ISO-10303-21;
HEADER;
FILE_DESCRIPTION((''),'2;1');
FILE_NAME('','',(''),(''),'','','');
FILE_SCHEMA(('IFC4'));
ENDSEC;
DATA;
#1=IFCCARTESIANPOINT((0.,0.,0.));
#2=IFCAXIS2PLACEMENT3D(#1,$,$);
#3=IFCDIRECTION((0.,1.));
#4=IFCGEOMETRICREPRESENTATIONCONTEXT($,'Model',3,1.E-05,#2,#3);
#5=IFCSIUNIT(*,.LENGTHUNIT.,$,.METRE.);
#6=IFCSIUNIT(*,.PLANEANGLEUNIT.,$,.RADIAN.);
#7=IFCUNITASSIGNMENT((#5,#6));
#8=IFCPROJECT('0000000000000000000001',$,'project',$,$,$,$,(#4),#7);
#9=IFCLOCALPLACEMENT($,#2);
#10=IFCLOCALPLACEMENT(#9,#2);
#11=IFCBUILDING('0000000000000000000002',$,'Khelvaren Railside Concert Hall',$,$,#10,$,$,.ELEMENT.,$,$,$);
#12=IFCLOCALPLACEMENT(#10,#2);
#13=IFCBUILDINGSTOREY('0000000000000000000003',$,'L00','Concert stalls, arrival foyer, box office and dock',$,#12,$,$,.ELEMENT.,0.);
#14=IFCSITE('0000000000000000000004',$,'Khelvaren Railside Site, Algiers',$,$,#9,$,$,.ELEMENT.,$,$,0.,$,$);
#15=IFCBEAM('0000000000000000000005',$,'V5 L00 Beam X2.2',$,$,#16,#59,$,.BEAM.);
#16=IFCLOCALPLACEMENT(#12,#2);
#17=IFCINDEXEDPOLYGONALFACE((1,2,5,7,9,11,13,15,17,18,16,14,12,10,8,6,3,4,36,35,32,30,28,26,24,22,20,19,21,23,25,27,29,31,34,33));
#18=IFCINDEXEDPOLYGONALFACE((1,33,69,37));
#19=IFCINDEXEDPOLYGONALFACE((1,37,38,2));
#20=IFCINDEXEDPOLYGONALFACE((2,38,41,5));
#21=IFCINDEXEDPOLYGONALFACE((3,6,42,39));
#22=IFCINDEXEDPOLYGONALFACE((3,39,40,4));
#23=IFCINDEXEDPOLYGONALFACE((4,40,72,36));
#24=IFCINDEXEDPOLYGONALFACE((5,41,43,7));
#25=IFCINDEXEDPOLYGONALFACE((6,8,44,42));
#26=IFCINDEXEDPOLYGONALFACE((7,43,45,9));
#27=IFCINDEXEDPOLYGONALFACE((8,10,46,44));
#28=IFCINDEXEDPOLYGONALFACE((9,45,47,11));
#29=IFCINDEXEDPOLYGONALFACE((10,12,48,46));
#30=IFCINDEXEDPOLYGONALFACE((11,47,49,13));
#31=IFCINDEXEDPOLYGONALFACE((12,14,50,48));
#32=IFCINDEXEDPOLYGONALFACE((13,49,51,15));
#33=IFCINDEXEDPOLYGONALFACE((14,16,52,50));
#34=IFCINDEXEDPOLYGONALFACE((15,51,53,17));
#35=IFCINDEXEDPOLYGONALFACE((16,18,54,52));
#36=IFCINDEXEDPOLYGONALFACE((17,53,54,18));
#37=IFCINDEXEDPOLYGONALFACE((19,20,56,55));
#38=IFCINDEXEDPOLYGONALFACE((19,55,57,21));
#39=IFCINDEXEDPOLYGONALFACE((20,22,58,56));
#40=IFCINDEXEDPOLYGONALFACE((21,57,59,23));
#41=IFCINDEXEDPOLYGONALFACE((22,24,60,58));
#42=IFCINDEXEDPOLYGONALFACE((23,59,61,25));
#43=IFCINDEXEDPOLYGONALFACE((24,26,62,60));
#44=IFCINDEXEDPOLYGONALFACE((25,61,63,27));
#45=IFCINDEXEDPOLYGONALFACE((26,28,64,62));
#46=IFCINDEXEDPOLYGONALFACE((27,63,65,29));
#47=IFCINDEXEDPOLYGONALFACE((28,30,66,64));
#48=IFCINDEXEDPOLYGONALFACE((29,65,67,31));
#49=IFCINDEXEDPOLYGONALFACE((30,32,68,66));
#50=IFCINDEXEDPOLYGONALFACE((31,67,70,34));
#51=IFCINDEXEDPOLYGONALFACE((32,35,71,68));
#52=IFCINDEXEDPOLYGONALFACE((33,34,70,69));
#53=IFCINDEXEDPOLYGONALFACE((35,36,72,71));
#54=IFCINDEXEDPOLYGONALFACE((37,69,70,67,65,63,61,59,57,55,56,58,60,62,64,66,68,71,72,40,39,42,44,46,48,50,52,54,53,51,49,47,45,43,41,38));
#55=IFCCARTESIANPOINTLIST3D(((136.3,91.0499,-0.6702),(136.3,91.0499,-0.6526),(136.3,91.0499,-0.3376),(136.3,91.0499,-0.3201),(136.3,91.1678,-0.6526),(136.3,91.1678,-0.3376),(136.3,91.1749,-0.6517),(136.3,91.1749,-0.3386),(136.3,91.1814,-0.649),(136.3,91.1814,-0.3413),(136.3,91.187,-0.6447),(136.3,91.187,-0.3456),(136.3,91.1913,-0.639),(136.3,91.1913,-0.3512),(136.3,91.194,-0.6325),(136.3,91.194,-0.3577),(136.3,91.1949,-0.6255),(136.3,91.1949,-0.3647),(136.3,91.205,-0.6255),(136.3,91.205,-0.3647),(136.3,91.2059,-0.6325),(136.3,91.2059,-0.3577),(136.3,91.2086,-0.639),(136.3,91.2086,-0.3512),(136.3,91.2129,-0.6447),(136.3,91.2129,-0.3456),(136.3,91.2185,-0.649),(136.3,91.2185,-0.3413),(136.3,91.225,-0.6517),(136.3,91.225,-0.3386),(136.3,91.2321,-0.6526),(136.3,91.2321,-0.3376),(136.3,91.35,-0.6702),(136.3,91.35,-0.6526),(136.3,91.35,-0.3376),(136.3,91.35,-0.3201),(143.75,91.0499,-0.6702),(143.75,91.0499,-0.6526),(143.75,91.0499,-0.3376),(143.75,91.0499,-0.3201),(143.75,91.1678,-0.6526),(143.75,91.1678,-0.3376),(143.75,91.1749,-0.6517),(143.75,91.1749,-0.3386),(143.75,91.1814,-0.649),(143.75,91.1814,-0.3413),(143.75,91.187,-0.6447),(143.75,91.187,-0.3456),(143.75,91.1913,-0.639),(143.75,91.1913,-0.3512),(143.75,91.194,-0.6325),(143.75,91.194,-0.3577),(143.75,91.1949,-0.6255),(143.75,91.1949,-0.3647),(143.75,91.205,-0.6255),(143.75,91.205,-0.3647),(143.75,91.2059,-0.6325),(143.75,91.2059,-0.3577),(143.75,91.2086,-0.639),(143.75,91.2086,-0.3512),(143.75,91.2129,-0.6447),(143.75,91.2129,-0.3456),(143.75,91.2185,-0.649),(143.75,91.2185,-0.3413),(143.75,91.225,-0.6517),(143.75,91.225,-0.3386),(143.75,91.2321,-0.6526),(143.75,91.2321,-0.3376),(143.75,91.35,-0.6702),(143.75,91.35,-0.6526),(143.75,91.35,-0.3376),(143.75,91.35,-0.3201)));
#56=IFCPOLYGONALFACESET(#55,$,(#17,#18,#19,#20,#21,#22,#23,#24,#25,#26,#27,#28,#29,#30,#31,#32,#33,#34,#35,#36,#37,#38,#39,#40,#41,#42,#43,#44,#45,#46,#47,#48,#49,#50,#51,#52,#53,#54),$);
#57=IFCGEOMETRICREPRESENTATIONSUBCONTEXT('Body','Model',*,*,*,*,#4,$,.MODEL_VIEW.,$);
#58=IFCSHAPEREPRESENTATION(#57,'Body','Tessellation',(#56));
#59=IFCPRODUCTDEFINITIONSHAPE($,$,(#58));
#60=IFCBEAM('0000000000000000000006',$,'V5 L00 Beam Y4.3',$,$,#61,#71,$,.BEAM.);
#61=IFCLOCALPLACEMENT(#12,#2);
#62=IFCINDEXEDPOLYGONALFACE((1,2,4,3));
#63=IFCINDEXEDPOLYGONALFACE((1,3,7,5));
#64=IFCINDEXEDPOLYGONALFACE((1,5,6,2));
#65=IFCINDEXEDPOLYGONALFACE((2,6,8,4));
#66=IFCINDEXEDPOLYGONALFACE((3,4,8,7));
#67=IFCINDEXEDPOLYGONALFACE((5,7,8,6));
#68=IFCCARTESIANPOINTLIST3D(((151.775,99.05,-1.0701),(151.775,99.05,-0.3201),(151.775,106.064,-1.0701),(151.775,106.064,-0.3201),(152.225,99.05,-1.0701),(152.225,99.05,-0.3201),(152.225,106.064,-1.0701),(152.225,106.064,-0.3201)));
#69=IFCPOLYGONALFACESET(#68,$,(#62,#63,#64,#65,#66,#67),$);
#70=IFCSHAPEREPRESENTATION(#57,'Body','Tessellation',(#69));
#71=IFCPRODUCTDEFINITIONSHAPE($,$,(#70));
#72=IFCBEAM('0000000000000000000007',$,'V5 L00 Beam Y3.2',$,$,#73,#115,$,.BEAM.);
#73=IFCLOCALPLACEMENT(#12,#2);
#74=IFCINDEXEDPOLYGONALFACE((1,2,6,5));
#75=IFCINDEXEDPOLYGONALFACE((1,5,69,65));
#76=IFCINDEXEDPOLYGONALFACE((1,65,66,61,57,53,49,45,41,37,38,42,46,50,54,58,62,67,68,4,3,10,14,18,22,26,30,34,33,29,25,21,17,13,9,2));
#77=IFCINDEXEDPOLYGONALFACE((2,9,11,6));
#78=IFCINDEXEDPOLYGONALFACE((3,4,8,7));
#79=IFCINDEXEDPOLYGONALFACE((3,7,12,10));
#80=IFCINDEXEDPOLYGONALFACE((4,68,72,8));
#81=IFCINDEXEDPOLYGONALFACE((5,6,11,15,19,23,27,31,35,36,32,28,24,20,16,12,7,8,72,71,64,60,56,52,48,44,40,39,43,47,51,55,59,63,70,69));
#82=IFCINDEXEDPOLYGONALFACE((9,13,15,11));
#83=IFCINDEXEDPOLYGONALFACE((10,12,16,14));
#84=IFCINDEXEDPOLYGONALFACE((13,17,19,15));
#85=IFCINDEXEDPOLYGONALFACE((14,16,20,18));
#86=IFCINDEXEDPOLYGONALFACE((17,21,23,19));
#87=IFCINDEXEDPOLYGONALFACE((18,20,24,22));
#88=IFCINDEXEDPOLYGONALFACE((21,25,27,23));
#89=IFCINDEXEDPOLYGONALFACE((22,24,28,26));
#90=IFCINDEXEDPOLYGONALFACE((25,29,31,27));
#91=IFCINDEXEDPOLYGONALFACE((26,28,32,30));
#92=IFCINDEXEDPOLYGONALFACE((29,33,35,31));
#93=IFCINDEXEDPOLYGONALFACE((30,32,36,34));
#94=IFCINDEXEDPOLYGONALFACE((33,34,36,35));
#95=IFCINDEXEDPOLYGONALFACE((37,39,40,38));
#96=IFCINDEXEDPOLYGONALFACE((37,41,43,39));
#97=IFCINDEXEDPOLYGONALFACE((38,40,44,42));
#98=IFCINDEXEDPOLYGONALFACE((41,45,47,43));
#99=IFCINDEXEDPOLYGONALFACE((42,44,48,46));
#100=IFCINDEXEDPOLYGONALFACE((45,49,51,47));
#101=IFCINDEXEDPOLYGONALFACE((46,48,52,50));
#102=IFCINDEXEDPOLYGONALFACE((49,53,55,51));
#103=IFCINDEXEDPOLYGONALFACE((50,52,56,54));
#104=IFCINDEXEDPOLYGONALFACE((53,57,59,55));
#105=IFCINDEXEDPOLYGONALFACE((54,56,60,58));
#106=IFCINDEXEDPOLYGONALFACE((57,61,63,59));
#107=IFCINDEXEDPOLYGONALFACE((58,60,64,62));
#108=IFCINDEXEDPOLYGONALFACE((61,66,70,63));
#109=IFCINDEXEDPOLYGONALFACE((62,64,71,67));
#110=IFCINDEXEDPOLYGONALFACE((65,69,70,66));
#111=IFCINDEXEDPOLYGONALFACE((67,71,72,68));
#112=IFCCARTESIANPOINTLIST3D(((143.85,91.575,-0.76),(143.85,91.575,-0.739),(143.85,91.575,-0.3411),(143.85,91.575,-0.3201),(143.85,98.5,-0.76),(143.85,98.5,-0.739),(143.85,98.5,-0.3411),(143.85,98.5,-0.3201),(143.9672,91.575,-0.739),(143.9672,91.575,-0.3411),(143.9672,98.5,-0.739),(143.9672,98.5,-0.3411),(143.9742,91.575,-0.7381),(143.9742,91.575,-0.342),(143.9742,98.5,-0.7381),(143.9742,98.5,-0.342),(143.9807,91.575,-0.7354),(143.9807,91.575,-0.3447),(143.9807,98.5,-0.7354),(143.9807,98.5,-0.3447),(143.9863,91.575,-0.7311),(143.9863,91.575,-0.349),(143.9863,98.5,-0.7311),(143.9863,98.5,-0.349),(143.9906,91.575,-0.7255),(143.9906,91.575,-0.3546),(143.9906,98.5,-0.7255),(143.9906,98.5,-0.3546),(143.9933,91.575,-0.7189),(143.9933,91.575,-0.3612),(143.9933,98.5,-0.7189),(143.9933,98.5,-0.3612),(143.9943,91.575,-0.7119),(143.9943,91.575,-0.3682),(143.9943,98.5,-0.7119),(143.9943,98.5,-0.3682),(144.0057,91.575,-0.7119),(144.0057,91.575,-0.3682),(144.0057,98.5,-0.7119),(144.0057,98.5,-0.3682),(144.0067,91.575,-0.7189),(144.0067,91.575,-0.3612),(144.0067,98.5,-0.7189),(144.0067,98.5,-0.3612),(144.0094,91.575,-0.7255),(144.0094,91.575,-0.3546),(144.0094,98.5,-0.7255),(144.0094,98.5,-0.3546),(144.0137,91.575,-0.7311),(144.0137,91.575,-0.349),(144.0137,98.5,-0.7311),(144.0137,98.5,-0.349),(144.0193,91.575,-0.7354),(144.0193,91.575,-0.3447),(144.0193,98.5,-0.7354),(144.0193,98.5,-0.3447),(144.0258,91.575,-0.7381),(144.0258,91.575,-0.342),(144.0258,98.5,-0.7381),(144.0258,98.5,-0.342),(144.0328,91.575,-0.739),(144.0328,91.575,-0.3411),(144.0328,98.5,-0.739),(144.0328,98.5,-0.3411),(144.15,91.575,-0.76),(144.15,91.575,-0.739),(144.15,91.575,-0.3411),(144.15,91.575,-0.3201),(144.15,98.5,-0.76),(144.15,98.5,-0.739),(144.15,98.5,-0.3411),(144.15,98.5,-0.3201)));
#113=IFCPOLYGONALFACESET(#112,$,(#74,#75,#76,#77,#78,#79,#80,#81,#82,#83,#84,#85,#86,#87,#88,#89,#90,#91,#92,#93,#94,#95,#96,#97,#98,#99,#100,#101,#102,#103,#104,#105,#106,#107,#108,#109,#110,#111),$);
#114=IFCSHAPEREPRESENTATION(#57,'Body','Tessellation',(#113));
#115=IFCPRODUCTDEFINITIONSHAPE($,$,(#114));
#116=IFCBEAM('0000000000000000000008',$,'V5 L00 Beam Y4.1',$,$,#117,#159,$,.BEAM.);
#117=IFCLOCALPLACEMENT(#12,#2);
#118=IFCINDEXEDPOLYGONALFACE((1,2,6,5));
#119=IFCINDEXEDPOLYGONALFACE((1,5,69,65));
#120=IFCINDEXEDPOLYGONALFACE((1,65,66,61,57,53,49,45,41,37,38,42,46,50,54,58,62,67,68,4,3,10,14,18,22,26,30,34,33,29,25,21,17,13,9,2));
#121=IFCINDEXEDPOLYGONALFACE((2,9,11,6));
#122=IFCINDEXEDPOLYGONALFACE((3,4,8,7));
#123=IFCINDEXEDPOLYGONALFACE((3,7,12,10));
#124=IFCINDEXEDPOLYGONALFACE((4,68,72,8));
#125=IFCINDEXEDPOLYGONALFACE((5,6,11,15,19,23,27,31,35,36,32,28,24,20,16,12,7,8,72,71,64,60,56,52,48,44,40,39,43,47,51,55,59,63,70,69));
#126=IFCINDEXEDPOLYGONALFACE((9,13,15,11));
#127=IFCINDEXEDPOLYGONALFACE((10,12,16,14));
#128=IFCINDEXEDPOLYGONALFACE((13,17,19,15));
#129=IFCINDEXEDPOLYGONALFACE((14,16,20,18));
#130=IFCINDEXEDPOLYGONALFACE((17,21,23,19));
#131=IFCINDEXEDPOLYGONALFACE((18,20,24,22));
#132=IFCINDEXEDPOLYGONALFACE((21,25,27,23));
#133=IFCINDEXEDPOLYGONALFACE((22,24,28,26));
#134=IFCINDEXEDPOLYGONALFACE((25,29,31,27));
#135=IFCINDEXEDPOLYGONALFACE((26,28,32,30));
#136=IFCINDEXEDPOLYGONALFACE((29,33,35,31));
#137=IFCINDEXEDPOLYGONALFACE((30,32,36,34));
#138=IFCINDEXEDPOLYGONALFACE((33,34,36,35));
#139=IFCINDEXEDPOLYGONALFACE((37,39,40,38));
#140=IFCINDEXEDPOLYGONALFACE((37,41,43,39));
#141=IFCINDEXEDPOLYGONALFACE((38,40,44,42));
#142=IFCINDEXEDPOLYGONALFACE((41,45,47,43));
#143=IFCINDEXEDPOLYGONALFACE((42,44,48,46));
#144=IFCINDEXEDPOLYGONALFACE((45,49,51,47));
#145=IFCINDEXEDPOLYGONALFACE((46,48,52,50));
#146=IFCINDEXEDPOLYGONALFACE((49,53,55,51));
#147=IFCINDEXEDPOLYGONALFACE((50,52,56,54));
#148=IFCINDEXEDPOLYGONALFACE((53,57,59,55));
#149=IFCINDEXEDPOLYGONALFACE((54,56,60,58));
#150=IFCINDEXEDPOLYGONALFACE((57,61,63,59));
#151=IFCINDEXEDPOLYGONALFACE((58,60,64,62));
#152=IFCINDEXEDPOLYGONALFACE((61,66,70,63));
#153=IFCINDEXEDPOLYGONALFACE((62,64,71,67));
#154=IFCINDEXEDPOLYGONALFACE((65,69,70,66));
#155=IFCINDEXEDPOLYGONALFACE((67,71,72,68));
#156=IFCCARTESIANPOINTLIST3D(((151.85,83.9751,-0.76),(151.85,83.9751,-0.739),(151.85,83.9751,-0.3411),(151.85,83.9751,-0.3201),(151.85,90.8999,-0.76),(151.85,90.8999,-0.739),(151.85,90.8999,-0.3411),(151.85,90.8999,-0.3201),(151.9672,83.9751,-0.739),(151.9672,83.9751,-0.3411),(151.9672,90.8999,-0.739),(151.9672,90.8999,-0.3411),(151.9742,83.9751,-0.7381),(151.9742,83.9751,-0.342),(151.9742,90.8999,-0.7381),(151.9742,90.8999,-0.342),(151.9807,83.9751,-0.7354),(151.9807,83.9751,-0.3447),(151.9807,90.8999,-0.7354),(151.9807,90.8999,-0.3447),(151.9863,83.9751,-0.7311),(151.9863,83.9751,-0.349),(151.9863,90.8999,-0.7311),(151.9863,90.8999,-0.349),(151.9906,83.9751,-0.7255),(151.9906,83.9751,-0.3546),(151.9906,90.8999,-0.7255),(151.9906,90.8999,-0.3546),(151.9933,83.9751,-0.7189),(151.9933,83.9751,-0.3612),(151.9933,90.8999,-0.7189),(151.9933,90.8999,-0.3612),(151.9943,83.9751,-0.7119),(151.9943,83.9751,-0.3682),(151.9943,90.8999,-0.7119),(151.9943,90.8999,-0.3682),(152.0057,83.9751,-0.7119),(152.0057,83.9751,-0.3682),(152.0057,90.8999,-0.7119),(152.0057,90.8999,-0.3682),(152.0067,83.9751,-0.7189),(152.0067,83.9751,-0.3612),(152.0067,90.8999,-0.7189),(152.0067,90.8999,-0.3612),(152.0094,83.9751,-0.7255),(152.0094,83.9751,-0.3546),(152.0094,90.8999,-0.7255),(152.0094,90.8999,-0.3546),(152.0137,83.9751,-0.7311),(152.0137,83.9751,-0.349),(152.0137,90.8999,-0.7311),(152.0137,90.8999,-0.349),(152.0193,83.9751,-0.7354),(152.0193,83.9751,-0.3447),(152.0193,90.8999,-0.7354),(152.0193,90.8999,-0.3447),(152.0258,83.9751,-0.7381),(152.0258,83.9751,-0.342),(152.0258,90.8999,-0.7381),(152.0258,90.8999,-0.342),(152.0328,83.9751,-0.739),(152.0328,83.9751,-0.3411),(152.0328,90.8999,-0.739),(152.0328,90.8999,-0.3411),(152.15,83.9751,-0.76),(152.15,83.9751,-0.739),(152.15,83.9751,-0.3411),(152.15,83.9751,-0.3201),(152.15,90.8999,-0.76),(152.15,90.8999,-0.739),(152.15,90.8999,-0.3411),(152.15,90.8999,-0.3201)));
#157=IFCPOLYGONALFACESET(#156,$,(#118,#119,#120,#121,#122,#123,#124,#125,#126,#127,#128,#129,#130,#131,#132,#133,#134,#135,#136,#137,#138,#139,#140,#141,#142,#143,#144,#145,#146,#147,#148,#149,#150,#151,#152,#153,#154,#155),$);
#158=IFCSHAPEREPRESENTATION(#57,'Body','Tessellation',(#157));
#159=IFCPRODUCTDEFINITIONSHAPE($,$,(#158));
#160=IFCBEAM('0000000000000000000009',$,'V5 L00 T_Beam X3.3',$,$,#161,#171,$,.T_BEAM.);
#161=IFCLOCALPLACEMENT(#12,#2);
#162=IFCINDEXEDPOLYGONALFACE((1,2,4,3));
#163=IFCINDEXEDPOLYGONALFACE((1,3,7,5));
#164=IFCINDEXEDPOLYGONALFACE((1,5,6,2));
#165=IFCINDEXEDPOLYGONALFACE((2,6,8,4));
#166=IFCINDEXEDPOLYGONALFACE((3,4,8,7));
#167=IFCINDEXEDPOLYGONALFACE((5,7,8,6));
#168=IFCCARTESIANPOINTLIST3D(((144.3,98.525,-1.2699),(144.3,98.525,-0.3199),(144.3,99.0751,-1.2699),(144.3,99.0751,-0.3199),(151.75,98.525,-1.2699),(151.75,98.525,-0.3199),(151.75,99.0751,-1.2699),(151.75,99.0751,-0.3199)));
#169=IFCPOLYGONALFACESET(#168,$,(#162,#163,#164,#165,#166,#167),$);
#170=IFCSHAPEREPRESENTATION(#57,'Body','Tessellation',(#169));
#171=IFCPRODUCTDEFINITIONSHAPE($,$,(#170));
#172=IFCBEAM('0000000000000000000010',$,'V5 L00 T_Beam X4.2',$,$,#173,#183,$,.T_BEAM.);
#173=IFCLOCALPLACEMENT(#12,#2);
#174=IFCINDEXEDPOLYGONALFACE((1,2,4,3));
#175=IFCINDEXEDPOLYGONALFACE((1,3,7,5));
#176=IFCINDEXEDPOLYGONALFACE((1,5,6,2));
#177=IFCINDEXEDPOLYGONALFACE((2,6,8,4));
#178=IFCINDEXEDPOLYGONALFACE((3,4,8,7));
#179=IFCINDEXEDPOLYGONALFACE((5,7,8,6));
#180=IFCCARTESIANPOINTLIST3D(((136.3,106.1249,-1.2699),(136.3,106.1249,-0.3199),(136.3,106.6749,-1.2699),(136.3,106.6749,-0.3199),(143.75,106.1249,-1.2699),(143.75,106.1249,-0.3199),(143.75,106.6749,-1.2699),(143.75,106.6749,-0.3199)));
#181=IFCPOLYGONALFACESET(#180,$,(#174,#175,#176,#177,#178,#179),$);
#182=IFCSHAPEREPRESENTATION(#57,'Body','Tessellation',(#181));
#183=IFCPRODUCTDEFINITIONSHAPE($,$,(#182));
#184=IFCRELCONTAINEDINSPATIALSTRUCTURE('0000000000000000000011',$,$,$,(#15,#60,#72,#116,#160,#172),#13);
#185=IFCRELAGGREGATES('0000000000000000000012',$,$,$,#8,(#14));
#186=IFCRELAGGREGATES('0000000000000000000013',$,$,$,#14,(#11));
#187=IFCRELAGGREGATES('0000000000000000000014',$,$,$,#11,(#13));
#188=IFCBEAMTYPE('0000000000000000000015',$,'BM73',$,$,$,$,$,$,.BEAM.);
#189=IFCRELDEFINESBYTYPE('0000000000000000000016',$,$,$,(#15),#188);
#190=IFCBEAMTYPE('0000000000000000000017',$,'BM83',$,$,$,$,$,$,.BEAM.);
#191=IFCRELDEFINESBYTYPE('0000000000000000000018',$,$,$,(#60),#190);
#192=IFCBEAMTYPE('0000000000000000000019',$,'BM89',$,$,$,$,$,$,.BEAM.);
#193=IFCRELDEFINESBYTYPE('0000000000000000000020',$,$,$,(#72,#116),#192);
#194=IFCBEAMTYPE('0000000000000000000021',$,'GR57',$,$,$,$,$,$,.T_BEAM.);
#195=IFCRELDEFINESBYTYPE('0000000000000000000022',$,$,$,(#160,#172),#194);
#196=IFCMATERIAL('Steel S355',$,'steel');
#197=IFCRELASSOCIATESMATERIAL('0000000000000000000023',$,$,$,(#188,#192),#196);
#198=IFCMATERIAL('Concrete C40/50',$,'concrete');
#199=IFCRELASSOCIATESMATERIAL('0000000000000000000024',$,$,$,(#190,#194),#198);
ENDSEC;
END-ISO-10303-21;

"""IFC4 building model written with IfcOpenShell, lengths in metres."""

from ifc_helpers import new_model, si_unit, direction, frame, origin, origin_2d, place, context, subcontext, project, spatial, rectangle, i_section, extrude, material, material_profile, profile_set, type_object, element, save


model = new_model("IFC4")

# Units and contexts
model_context = context("Model", 3, precision=1e-05, world=origin(), true_north=direction((0.0, 1.0)))
body_context = subcontext(model_context, "Body", "Model", "MODEL_VIEW")
ifc_project = project(units=[si_unit("LENGTHUNIT", "METRE"), si_unit("PLANEANGLEUNIT", "RADIAN")], contexts=[model_context])

# Site, building, storey
site_placement = place(None, origin())
site = spatial("IfcSite", under=ifc_project, at=site_placement, Name="Khelvaren Railside Site, Algiers", CompositionType="ELEMENT", RefElevation=0.0)
building_placement = place(site_placement, origin())
building = spatial("IfcBuilding", under=site, at=building_placement, Name="Khelvaren Railside Concert Hall", CompositionType="ELEMENT")
storey_placement = place(building_placement, origin())
storey = spatial("IfcBuildingStorey", under=building, at=storey_placement, Name="L00", Description="Concert stalls, arrival foyer, box office and dock", CompositionType="ELEMENT", Elevation=0.0)

# Beams
ifc_material_1 = material(Name="Steel S355", Category="steel")
ifc_material_2 = material(Name="Concrete C40/50", Category="concrete")
ifc_material_profile_1 = material_profile(ifc_material_1, i_section(OverallWidth=0.3, OverallDepth=0.3501, WebThickness=0.01, FlangeThickness=0.0176, FilletRadius=0.0271, at=origin_2d()), Name="HEA 360")
ifc_profile_set_1 = profile_set([ifc_material_profile_1], Name="Steel S355")
beam_type_1 = type_object("IfcBeamType", Name="BM73", PredefinedType="BEAM", material=ifc_profile_set_1)
beam_1_placement = place(storey_placement, frame((136.3, 91.2, -0.4951), z_axis=(1.0, 0.0, 0.0), x_axis=(0.0, 1.0, 0.0)))
element("IfcBeam", 1, at=beam_1_placement, inside=storey, type_object=beam_type_1, Name="V5 L00 Beam X2.2", PredefinedType="BEAM", context=body_context, shape_type="SweptSolid", body=[
    extrude(i_section(OverallWidth=0.3, OverallDepth=0.3501, WebThickness=0.01, FlangeThickness=0.0176, FilletRadius=0.0271, at=origin_2d()), origin(), (0.0, 0.0, 1.0), 7.45),
])
ifc_material_profile_2 = material_profile(ifc_material_2, rectangle(XDim=0.45, YDim=0.75, at=origin_2d()), Name="RCB 450x750")
ifc_profile_set_2 = profile_set([ifc_material_profile_2], Name="Concrete C40/50")
beam_type_2 = type_object("IfcBeamType", Name="BM83", PredefinedType="BEAM", material=ifc_profile_set_2)
beam_2_placement = place(storey_placement, frame((152.0, 99.05, -0.6951), z_axis=(0.0, 1.0, 0.0), x_axis=(-1.0, 0.0, 0.0)))
element("IfcBeam", 2, at=beam_2_placement, inside=storey, type_object=beam_type_2, Name="V5 L00 Beam Y4.3", PredefinedType="BEAM", context=body_context, shape_type="SweptSolid", body=[
    extrude(rectangle(XDim=0.45, YDim=0.75, at=origin_2d()), origin(), (0.0, 0.0, 1.0), 7.0139),
])
ifc_material_profile_3 = material_profile(ifc_material_1, i_section(OverallWidth=0.3, OverallDepth=0.4399, WebThickness=0.0115, FlangeThickness=0.021, FilletRadius=0.0271, at=origin_2d()), Name="HEA 450")
ifc_profile_set_3 = profile_set([ifc_material_profile_3], Name="Steel S355")
beam_type_3 = type_object("IfcBeamType", Name="BM89", PredefinedType="BEAM", material=ifc_profile_set_3)
beam_3_placement = place(storey_placement, frame((144.0, 91.575, -0.54), z_axis=(0.0, 1.0, 0.0), x_axis=(-1.0, 0.0, 0.0)))
element("IfcBeam", 3, at=beam_3_placement, inside=storey, type_object=beam_type_3, Name="V5 L00 Beam Y3.2", PredefinedType="BEAM", context=body_context, shape_type="SweptSolid", body=[
    extrude(i_section(OverallWidth=0.3, OverallDepth=0.4399, WebThickness=0.0115, FlangeThickness=0.021, FilletRadius=0.0271, at=origin_2d()), origin(), (0.0, 0.0, 1.0), 6.925),
])
beam_4_placement = place(storey_placement, frame((152.0, 83.9751, -0.54), z_axis=(0.0, 1.0, 0.0), x_axis=(-1.0, 0.0, 0.0)))
element("IfcBeam", 4, at=beam_4_placement, inside=storey, type_object=beam_type_3, Name="V5 L00 Beam Y4.1", PredefinedType="BEAM", context=body_context, shape_type="SweptSolid", body=[
    extrude(i_section(OverallWidth=0.3, OverallDepth=0.4399, WebThickness=0.0115, FlangeThickness=0.021, FilletRadius=0.0271, at=origin_2d()), origin(), (0.0, 0.0, 1.0), 6.9248),
])
ifc_material_profile_4 = material_profile(ifc_material_2, rectangle(XDim=0.55, YDim=0.95, at=origin_2d()), Name="RCB 550x950")
ifc_profile_set_4 = profile_set([ifc_material_profile_4], Name="Concrete C40/50")
beam_type_4 = type_object("IfcBeamType", Name="GR57", PredefinedType="T_BEAM", material=ifc_profile_set_4)
for number, where, z_axis, x_axis, name in (
    (5, (144.3, 98.8, -0.7949), (1.0, 0.0, 0.0), (0.0, 1.0, 0.0), "V5 L00 T_Beam X3.3"),
    (6, (136.3, 106.3999, -0.7949), (1.0, 0.0, 0.0), (0.0, 1.0, 0.0), "V5 L00 T_Beam X4.2"),
):
    element("IfcBeam", number, at=place(storey_placement, frame(where, z_axis=z_axis, x_axis=x_axis)), inside=storey, type_object=beam_type_4, Name=name, PredefinedType="T_BEAM", context=body_context, shape_type="SweptSolid", body=[
        extrude(rectangle(XDim=0.55, YDim=0.95, at=origin_2d()), origin(), (0.0, 0.0, 1.0), 7.45),
    ])

save(model, "model.ifc")
